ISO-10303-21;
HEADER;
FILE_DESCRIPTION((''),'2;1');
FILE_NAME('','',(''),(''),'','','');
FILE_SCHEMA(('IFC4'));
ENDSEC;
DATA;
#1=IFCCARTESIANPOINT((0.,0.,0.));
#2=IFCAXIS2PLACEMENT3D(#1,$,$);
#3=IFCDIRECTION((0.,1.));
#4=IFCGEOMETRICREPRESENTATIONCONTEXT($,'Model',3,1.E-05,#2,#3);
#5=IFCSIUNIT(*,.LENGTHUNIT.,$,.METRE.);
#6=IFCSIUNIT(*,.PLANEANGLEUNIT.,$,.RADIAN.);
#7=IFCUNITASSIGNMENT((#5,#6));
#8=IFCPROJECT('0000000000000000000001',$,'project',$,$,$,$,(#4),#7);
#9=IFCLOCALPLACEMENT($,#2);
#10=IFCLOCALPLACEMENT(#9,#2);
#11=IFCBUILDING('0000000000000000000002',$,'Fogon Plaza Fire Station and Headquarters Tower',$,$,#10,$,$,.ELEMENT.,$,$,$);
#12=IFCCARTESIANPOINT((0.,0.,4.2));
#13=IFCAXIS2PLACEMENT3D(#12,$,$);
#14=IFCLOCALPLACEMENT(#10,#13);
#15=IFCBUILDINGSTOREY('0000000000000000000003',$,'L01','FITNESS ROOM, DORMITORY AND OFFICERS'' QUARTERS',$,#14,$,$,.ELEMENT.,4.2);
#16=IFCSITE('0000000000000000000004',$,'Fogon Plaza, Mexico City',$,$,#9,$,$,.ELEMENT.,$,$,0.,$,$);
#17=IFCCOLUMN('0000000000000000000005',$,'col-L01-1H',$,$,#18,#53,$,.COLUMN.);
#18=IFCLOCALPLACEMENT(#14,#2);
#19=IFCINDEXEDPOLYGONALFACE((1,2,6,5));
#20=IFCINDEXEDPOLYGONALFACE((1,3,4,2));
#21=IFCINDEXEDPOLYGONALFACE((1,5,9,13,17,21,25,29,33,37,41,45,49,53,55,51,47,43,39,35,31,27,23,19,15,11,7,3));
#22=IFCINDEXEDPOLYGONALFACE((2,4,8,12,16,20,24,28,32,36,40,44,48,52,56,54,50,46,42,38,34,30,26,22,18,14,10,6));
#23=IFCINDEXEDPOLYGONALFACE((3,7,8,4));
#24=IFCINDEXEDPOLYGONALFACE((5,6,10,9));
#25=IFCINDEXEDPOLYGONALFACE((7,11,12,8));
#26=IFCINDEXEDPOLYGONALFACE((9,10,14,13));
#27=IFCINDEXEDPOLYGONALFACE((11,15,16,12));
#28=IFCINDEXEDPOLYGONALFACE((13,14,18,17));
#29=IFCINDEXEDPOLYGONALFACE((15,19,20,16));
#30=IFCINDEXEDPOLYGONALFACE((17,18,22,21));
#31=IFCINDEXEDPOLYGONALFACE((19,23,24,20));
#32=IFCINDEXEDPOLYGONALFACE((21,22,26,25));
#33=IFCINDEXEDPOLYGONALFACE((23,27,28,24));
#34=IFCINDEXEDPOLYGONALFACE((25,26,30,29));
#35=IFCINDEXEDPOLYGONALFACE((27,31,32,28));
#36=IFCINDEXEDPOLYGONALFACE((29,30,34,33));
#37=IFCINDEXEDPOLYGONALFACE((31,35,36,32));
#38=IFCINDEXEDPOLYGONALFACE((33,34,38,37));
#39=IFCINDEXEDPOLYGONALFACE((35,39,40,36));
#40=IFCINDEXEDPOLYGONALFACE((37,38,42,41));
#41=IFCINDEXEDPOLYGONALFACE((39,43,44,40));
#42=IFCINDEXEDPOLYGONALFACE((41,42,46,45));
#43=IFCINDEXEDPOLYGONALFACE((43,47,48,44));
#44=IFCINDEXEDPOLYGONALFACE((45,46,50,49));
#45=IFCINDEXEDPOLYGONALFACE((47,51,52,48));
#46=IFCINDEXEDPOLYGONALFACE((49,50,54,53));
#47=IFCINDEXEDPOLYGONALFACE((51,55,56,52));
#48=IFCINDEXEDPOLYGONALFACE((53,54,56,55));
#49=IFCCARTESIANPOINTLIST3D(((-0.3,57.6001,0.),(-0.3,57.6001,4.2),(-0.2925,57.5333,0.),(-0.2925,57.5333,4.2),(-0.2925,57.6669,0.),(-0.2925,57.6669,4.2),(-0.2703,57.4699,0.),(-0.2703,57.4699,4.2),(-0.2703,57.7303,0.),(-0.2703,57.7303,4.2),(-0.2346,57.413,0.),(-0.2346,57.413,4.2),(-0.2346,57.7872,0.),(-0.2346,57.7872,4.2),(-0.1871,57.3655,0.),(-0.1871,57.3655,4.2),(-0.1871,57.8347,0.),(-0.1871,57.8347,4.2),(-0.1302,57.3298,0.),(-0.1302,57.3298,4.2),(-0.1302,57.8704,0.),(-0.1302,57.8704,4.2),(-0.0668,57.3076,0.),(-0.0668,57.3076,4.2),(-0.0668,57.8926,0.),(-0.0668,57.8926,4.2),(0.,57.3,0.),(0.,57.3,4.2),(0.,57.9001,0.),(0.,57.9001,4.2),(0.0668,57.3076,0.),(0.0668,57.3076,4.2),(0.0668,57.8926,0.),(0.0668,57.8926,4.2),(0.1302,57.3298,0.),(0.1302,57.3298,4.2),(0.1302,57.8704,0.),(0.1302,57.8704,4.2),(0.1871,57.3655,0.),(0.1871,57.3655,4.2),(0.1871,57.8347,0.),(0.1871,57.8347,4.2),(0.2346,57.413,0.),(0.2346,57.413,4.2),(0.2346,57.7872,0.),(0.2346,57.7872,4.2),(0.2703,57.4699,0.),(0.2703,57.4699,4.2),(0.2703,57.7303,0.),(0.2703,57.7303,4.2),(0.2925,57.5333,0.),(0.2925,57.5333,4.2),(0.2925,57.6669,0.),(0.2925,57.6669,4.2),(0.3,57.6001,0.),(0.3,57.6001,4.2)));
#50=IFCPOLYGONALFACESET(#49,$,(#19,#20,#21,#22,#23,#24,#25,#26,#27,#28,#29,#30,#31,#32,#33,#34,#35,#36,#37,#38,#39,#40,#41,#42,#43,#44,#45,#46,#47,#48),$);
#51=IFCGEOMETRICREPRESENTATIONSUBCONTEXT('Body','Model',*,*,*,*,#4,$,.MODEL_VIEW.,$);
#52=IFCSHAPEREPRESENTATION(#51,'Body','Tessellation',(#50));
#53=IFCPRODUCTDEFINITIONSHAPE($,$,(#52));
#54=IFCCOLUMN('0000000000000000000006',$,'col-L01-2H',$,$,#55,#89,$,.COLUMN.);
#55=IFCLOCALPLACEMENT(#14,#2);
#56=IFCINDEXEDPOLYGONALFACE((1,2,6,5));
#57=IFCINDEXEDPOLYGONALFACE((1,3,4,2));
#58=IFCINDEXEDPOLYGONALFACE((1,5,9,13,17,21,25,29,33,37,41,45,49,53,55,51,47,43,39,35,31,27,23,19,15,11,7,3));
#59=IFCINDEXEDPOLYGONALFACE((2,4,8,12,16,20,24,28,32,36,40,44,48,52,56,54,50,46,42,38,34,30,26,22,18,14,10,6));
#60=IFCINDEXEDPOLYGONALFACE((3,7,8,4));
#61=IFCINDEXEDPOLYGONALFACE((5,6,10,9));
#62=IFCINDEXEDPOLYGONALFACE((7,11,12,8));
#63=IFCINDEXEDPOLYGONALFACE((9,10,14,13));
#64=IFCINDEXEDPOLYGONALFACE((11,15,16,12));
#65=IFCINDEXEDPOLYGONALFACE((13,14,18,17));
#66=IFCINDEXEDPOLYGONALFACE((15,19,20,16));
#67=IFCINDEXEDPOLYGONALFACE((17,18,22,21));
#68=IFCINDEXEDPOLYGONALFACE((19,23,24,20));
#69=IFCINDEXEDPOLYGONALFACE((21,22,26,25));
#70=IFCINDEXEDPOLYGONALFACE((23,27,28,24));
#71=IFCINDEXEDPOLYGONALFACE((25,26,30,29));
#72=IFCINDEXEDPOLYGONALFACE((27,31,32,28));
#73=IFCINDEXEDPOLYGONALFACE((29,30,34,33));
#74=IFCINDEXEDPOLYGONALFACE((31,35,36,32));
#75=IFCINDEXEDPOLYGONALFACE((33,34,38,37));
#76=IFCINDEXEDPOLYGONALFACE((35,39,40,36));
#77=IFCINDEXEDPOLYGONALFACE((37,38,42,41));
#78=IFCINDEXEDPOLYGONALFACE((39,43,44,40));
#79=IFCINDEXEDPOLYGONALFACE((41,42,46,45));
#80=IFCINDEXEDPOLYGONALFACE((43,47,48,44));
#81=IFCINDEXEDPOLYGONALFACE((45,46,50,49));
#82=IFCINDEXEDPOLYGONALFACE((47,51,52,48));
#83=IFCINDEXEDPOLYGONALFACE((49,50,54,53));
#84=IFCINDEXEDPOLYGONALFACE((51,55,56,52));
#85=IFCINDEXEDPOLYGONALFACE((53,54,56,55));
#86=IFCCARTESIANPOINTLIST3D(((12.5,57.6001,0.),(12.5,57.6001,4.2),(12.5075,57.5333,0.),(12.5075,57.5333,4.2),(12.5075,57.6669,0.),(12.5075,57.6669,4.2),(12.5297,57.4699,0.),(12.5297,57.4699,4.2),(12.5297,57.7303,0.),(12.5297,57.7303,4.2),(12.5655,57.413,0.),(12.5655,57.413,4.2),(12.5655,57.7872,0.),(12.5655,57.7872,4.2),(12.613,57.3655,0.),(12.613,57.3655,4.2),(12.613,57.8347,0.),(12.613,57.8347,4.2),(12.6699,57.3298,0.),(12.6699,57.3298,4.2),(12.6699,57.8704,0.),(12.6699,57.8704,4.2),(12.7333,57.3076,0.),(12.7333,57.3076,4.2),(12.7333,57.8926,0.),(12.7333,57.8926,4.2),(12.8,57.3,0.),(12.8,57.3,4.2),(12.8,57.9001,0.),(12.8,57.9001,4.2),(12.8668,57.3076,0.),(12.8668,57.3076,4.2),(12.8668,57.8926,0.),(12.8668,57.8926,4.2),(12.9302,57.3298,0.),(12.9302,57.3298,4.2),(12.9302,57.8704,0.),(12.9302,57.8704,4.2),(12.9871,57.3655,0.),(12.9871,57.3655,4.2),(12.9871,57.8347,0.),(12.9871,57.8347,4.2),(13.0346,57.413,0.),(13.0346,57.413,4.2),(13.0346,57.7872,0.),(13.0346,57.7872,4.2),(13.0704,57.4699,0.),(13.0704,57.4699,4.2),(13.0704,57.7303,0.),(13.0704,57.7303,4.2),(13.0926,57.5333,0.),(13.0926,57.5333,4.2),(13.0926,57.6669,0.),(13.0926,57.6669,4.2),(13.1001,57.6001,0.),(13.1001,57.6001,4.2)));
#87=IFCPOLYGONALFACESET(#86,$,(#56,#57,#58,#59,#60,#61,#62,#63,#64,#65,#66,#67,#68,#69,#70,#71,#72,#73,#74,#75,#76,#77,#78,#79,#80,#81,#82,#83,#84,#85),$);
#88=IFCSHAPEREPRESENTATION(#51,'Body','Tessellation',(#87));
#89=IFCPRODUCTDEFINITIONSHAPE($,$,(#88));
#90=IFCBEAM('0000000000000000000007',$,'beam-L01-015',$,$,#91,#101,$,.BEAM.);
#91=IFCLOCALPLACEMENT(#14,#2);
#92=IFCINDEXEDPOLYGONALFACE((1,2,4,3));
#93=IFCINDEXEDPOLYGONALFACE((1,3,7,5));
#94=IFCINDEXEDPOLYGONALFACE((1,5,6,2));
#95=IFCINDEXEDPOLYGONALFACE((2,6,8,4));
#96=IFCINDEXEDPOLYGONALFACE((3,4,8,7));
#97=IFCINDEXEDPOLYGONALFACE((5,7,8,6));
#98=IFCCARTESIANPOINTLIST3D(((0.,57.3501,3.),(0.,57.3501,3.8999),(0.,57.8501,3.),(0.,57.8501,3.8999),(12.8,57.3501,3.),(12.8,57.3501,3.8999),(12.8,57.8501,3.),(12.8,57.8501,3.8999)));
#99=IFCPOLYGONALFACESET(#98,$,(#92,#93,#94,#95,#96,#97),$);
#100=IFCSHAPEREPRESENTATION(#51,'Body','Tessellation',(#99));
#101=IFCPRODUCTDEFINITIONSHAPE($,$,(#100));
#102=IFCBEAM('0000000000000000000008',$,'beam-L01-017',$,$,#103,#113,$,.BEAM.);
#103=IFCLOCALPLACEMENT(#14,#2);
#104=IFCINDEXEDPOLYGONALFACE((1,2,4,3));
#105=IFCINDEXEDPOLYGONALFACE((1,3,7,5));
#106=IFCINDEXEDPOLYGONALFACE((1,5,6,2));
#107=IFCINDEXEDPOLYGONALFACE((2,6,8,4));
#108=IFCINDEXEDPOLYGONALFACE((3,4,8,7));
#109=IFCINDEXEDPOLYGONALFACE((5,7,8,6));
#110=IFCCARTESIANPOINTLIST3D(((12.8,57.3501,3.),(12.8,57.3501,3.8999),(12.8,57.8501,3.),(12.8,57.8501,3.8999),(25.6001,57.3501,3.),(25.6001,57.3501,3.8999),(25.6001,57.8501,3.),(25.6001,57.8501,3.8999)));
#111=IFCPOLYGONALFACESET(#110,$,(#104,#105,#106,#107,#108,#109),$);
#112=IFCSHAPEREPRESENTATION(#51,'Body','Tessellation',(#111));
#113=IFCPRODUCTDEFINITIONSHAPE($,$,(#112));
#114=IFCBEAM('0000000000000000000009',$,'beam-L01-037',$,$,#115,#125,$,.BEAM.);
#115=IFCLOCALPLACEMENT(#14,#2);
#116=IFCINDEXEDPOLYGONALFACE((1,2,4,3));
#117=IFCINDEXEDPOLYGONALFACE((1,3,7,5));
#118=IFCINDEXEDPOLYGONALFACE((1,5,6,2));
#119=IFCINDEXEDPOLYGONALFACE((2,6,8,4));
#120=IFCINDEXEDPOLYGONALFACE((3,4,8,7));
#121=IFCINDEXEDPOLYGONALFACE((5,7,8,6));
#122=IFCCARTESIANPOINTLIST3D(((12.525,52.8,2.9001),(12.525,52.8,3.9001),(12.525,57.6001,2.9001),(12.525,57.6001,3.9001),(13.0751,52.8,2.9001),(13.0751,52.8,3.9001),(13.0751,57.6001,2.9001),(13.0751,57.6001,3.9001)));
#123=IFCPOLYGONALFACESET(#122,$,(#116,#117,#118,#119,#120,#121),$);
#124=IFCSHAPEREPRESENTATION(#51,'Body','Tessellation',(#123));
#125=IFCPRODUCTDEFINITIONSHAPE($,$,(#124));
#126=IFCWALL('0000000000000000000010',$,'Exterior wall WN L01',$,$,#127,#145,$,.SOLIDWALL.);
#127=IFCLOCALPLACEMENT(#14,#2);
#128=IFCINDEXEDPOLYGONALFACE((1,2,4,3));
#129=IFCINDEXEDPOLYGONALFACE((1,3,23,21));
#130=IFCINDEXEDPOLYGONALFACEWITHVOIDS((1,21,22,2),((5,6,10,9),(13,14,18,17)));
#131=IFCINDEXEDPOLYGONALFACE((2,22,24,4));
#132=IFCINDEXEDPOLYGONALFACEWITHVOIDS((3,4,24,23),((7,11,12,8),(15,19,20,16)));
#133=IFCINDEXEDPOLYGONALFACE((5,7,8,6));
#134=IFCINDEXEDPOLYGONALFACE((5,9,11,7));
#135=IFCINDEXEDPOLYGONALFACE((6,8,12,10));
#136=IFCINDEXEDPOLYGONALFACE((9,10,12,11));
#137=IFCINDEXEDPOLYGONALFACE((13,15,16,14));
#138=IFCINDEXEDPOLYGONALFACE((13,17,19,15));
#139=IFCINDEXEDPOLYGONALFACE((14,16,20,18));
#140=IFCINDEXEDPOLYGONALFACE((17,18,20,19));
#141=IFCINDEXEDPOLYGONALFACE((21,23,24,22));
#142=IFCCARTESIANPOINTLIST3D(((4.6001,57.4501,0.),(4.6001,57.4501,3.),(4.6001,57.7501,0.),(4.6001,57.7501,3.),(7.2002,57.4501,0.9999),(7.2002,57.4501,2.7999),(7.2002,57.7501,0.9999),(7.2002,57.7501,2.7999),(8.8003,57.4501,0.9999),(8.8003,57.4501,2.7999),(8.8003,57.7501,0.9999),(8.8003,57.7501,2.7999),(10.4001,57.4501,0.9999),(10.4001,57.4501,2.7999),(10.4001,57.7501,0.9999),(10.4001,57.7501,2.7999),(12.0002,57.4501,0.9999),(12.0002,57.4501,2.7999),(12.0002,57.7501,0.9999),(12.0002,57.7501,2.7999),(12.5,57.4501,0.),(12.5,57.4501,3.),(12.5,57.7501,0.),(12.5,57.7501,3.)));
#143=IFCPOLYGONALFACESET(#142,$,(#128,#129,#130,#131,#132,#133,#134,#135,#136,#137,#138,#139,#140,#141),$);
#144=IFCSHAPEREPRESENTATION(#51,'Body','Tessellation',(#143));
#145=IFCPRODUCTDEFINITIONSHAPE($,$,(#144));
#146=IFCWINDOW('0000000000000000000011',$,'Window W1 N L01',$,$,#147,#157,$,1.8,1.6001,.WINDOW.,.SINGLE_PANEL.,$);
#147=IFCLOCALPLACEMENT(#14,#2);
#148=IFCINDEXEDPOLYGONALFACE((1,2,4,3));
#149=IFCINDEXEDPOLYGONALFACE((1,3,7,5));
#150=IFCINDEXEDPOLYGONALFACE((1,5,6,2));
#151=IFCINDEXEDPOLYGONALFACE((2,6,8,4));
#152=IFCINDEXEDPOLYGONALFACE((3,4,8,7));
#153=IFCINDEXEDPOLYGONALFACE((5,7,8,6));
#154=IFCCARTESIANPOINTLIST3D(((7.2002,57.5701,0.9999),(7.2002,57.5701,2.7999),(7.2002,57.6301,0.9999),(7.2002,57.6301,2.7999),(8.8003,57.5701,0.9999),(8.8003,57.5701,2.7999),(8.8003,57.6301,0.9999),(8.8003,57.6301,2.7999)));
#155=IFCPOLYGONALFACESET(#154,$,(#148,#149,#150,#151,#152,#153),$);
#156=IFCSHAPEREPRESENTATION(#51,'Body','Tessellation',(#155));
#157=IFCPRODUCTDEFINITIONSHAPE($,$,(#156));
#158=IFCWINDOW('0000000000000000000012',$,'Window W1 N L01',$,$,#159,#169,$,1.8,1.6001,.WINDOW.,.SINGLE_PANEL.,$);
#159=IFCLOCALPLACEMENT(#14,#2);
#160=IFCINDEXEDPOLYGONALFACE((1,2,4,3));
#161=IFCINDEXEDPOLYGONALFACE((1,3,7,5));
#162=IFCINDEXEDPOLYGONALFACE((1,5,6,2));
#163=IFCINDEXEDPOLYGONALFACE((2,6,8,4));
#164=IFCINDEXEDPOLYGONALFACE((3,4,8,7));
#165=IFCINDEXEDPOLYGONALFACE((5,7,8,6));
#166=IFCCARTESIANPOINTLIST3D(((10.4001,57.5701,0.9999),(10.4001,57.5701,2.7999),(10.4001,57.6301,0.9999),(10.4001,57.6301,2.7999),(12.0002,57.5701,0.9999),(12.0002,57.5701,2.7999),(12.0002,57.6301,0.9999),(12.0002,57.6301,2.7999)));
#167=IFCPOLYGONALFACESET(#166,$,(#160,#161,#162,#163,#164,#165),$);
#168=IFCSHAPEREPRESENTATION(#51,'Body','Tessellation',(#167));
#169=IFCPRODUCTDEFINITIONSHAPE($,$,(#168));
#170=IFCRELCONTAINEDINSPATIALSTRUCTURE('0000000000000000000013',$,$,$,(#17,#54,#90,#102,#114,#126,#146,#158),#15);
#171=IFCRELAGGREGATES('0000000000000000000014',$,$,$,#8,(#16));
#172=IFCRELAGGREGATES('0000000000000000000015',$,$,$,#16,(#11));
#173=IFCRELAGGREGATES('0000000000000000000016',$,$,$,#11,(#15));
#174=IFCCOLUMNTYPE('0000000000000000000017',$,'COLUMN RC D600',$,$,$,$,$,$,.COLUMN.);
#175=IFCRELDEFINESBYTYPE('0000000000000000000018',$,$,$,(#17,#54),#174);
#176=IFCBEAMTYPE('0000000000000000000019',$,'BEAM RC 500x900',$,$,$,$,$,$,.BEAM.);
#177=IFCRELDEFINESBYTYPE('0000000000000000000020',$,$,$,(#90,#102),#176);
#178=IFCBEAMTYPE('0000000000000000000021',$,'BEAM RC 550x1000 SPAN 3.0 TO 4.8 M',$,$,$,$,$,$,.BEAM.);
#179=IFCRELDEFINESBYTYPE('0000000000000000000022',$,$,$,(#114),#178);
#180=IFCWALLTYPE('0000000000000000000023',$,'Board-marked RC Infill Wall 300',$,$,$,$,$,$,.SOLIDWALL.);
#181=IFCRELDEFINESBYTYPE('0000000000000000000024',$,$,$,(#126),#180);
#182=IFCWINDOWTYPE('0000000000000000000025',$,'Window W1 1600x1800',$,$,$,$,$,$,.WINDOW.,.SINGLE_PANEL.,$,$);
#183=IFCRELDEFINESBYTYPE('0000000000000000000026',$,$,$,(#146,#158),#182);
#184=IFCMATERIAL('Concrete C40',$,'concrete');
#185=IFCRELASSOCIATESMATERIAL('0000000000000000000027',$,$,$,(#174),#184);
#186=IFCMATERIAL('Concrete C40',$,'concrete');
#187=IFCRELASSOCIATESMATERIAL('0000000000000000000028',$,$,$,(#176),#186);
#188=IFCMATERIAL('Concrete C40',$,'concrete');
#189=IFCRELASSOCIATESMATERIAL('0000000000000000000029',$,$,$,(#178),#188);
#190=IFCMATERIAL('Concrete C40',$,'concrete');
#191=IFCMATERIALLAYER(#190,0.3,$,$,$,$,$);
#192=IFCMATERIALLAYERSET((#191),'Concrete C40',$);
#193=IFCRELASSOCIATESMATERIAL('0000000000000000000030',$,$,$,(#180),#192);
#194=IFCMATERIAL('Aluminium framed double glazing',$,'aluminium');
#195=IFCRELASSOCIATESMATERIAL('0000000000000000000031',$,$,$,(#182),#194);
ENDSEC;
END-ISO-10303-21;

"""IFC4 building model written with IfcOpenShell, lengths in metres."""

from ifc_helpers import new_model, si_unit, direction, frame, frame_2d, origin, origin_2d, place, context, subcontext, project, spatial, rectangle, circle, extrude, material, layer, layer_set, material_profile, profile_set, type_object, element, fill, save


model = new_model("IFC4")

# Units and contexts
model_context = context("Model", 3, precision=1e-05, world=origin(), true_north=direction((0.0, 1.0)))
body_context = subcontext(model_context, "Body", "Model", "MODEL_VIEW")
ifc_project = project(units=[si_unit("LENGTHUNIT", "METRE"), si_unit("PLANEANGLEUNIT", "RADIAN")], contexts=[model_context])

# Site, building, storey
site_placement = place(None, origin())
site = spatial("IfcSite", under=ifc_project, at=site_placement, Name="Fogon Plaza, Mexico City", CompositionType="ELEMENT", RefElevation=0.0)
building_placement = place(site_placement, origin())
building = spatial("IfcBuilding", under=site, at=building_placement, Name="Fogon Plaza Fire Station and Headquarters Tower", CompositionType="ELEMENT")
storey_placement = place(building_placement, frame((0.0, 0.0, 4.2)))
storey = spatial("IfcBuildingStorey", under=building, at=storey_placement, Name="L01", Description="FITNESS ROOM, DORMITORY AND OFFICERS' QUARTERS", CompositionType="ELEMENT", Elevation=4.2)

# Columns
ifc_material_1 = material(Name="Concrete C40", Category="concrete")
ifc_material_profile_1 = material_profile(ifc_material_1, circle(Radius=0.3, at=origin_2d()), Name="RC D600")
ifc_profile_set_1 = profile_set([ifc_material_profile_1], Name="Concrete C40")
column_type = type_object("IfcColumnType", Name="COLUMN RC D600", PredefinedType="COLUMN", material=ifc_profile_set_1)
for number, where, z_axis, x_axis, name in (
    (1, (0.0, 57.6001, 0.0), (0.0, 0.0, 1.0), (1.0, 0.0, 0.0), "col-L01-1H"),
    (2, (12.8, 57.6001, 0.0), (0.0, 0.0, 1.0), (1.0, 0.0, 0.0), "col-L01-2H"),
):
    element("IfcColumn", number, at=place(storey_placement, frame(where, z_axis=z_axis, x_axis=x_axis)), inside=storey, type_object=column_type, Name=name, PredefinedType="COLUMN", context=body_context, shape_type="SweptSolid", body=[
        extrude(circle(Radius=0.3, at=origin_2d()), origin(), (0.0, 0.0, 1.0), 4.2),
    ])

# Beams
ifc_material_2 = material(Name="Concrete C40", Category="concrete")
ifc_material_profile_2 = material_profile(ifc_material_2, rectangle(XDim=0.5, YDim=0.8999, at=origin_2d()), Name="RC 500x900")
ifc_profile_set_2 = profile_set([ifc_material_profile_2], Name="Concrete C40")
beam_type_1 = type_object("IfcBeamType", Name="BEAM RC 500x900", PredefinedType="BEAM", material=ifc_profile_set_2)
for number, where, z_axis, x_axis, name in (
    (3, (0.0, 57.6001, 3.45), (1.0, 0.0, 0.0), (0.0, 1.0, 0.0), "beam-L01-015"),
    (4, (12.8, 57.6001, 3.45), (1.0, 0.0, 0.0), (0.0, 1.0, 0.0), "beam-L01-017"),
):
    element("IfcBeam", number, at=place(storey_placement, frame(where, z_axis=z_axis, x_axis=x_axis)), inside=storey, type_object=beam_type_1, Name=name, PredefinedType="BEAM", context=body_context, shape_type="SweptSolid", body=[
        extrude(rectangle(XDim=0.5, YDim=0.8999, at=origin_2d()), origin(), (0.0, 0.0, 1.0), 12.8),
    ])
ifc_material_3 = material(Name="Concrete C40", Category="concrete")
ifc_material_profile_3 = material_profile(ifc_material_3, rectangle(XDim=0.55, YDim=1.0, at=origin_2d()), Name="RC 550x1000")
ifc_profile_set_3 = profile_set([ifc_material_profile_3], Name="Concrete C40")
beam_type_2 = type_object("IfcBeamType", Name="BEAM RC 550x1000 SPAN 3.0 TO 4.8 M", PredefinedType="BEAM", material=ifc_profile_set_3)
beam_placement = place(storey_placement, frame((12.8, 52.8, 3.4001), z_axis=(0.0, 1.0, 0.0), x_axis=(-1.0, 0.0, 0.0)))
element("IfcBeam", 5, at=beam_placement, inside=storey, type_object=beam_type_2, Name="beam-L01-037", PredefinedType="BEAM", context=body_context, shape_type="SweptSolid", body=[
    extrude(rectangle(XDim=0.55, YDim=1.0, at=origin_2d()), origin(), (0.0, 0.0, 1.0), 4.8),
])

# Wall, openings, windows
ifc_material_4 = material(Name="Concrete C40", Category="concrete")
ifc_layer_1 = layer(ifc_material_4, 0.3)
ifc_layer_set_1 = layer_set([ifc_layer_1], Name="Concrete C40")
wall_type_1 = type_object("IfcWallType", Name="Board-marked RC Infill Wall 300", PredefinedType="SOLIDWALL", material=ifc_layer_set_1)
wall_1_placement = place(storey_placement, frame((4.6001, 57.6001, 0.0), z_axis=(0.0, 0.0, 1.0), x_axis=(1.0, 0.0, 0.0)))
wall_1 = element("IfcWall", 6, at=wall_1_placement, inside=storey, type_object=wall_type_1, Name="Exterior wall WN L01", PredefinedType="SOLIDWALL", context=body_context, shape_type="SweptSolid", body=[
    extrude(rectangle(XDim=7.8999, YDim=0.3, at=frame_2d((3.95, 0.0))), origin(), (0.0, 0.0, 1.0), 3.0),
])
opening_1_placement = place(wall_1_placement, frame((2.6001, 0.0, 1.0)))
opening_1 = element("IfcOpeningElement", 7, at=opening_1_placement, cuts=wall_1, PredefinedType="OPENING", context=body_context, shape_type="SweptSolid", body=[
    extrude(rectangle(XDim=1.6001, YDim=1.8, at=frame_2d((0.8, 0.8999))), frame((0.0, 0.1599, 0.0), z_axis=(0.0, -1.0, 0.0), x_axis=(1.0, 0.0, 0.0)), (0.0, 0.0, 1.0), 0.3201),
])
opening_2_placement = place(wall_1_placement, frame((5.8, 0.0, 1.0)))
opening_2 = element("IfcOpeningElement", 8, at=opening_2_placement, cuts=wall_1, PredefinedType="OPENING", context=body_context, shape_type="SweptSolid", body=[
    extrude(rectangle(XDim=1.6001, YDim=1.8, at=frame_2d((0.8, 0.8999))), frame((0.0, 0.1599, 0.0), z_axis=(0.0, -1.0, 0.0), x_axis=(1.0, 0.0, 0.0)), (0.0, 0.0, 1.0), 0.3201),
])
ifc_material_5 = material(Name="Aluminium framed double glazing", Category="aluminium")
window_type = type_object("IfcWindowType", Name="Window W1 1600x1800", PartitioningType="SINGLE_PANEL", PredefinedType="WINDOW", material=ifc_material_5)
window_1_placement = place(opening_1_placement, origin())
window_1 = element("IfcWindow", 9, at=window_1_placement, inside=storey, type_object=window_type, Name="Window W1 N L01", OverallHeight=1.8, OverallWidth=1.6001, PartitioningType="SINGLE_PANEL", PredefinedType="WINDOW", context=body_context, shape_type="SweptSolid", body=[
    extrude(rectangle(XDim=1.6001, YDim=1.8, at=frame_2d((0.8, 0.8999))), frame((0.0, 0.03, 0.0), z_axis=(0.0, -1.0, 0.0), x_axis=(1.0, 0.0, 0.0)), (0.0, 0.0, 1.0), 0.0601),
])
fill(opening_1, window_1)
window_2_placement = place(opening_2_placement, origin())
window_2 = element("IfcWindow", 10, at=window_2_placement, inside=storey, type_object=window_type, Name="Window W1 N L01", OverallHeight=1.8, OverallWidth=1.6001, PartitioningType="SINGLE_PANEL", PredefinedType="WINDOW", context=body_context, shape_type="SweptSolid", body=[
    extrude(rectangle(XDim=1.6001, YDim=1.8, at=frame_2d((0.8, 0.8999))), frame((0.0, 0.03, 0.0), z_axis=(0.0, -1.0, 0.0), x_axis=(1.0, 0.0, 0.0)), (0.0, 0.0, 1.0), 0.0601),
])
fill(opening_2, window_2)

save(model, "model.ifc")
